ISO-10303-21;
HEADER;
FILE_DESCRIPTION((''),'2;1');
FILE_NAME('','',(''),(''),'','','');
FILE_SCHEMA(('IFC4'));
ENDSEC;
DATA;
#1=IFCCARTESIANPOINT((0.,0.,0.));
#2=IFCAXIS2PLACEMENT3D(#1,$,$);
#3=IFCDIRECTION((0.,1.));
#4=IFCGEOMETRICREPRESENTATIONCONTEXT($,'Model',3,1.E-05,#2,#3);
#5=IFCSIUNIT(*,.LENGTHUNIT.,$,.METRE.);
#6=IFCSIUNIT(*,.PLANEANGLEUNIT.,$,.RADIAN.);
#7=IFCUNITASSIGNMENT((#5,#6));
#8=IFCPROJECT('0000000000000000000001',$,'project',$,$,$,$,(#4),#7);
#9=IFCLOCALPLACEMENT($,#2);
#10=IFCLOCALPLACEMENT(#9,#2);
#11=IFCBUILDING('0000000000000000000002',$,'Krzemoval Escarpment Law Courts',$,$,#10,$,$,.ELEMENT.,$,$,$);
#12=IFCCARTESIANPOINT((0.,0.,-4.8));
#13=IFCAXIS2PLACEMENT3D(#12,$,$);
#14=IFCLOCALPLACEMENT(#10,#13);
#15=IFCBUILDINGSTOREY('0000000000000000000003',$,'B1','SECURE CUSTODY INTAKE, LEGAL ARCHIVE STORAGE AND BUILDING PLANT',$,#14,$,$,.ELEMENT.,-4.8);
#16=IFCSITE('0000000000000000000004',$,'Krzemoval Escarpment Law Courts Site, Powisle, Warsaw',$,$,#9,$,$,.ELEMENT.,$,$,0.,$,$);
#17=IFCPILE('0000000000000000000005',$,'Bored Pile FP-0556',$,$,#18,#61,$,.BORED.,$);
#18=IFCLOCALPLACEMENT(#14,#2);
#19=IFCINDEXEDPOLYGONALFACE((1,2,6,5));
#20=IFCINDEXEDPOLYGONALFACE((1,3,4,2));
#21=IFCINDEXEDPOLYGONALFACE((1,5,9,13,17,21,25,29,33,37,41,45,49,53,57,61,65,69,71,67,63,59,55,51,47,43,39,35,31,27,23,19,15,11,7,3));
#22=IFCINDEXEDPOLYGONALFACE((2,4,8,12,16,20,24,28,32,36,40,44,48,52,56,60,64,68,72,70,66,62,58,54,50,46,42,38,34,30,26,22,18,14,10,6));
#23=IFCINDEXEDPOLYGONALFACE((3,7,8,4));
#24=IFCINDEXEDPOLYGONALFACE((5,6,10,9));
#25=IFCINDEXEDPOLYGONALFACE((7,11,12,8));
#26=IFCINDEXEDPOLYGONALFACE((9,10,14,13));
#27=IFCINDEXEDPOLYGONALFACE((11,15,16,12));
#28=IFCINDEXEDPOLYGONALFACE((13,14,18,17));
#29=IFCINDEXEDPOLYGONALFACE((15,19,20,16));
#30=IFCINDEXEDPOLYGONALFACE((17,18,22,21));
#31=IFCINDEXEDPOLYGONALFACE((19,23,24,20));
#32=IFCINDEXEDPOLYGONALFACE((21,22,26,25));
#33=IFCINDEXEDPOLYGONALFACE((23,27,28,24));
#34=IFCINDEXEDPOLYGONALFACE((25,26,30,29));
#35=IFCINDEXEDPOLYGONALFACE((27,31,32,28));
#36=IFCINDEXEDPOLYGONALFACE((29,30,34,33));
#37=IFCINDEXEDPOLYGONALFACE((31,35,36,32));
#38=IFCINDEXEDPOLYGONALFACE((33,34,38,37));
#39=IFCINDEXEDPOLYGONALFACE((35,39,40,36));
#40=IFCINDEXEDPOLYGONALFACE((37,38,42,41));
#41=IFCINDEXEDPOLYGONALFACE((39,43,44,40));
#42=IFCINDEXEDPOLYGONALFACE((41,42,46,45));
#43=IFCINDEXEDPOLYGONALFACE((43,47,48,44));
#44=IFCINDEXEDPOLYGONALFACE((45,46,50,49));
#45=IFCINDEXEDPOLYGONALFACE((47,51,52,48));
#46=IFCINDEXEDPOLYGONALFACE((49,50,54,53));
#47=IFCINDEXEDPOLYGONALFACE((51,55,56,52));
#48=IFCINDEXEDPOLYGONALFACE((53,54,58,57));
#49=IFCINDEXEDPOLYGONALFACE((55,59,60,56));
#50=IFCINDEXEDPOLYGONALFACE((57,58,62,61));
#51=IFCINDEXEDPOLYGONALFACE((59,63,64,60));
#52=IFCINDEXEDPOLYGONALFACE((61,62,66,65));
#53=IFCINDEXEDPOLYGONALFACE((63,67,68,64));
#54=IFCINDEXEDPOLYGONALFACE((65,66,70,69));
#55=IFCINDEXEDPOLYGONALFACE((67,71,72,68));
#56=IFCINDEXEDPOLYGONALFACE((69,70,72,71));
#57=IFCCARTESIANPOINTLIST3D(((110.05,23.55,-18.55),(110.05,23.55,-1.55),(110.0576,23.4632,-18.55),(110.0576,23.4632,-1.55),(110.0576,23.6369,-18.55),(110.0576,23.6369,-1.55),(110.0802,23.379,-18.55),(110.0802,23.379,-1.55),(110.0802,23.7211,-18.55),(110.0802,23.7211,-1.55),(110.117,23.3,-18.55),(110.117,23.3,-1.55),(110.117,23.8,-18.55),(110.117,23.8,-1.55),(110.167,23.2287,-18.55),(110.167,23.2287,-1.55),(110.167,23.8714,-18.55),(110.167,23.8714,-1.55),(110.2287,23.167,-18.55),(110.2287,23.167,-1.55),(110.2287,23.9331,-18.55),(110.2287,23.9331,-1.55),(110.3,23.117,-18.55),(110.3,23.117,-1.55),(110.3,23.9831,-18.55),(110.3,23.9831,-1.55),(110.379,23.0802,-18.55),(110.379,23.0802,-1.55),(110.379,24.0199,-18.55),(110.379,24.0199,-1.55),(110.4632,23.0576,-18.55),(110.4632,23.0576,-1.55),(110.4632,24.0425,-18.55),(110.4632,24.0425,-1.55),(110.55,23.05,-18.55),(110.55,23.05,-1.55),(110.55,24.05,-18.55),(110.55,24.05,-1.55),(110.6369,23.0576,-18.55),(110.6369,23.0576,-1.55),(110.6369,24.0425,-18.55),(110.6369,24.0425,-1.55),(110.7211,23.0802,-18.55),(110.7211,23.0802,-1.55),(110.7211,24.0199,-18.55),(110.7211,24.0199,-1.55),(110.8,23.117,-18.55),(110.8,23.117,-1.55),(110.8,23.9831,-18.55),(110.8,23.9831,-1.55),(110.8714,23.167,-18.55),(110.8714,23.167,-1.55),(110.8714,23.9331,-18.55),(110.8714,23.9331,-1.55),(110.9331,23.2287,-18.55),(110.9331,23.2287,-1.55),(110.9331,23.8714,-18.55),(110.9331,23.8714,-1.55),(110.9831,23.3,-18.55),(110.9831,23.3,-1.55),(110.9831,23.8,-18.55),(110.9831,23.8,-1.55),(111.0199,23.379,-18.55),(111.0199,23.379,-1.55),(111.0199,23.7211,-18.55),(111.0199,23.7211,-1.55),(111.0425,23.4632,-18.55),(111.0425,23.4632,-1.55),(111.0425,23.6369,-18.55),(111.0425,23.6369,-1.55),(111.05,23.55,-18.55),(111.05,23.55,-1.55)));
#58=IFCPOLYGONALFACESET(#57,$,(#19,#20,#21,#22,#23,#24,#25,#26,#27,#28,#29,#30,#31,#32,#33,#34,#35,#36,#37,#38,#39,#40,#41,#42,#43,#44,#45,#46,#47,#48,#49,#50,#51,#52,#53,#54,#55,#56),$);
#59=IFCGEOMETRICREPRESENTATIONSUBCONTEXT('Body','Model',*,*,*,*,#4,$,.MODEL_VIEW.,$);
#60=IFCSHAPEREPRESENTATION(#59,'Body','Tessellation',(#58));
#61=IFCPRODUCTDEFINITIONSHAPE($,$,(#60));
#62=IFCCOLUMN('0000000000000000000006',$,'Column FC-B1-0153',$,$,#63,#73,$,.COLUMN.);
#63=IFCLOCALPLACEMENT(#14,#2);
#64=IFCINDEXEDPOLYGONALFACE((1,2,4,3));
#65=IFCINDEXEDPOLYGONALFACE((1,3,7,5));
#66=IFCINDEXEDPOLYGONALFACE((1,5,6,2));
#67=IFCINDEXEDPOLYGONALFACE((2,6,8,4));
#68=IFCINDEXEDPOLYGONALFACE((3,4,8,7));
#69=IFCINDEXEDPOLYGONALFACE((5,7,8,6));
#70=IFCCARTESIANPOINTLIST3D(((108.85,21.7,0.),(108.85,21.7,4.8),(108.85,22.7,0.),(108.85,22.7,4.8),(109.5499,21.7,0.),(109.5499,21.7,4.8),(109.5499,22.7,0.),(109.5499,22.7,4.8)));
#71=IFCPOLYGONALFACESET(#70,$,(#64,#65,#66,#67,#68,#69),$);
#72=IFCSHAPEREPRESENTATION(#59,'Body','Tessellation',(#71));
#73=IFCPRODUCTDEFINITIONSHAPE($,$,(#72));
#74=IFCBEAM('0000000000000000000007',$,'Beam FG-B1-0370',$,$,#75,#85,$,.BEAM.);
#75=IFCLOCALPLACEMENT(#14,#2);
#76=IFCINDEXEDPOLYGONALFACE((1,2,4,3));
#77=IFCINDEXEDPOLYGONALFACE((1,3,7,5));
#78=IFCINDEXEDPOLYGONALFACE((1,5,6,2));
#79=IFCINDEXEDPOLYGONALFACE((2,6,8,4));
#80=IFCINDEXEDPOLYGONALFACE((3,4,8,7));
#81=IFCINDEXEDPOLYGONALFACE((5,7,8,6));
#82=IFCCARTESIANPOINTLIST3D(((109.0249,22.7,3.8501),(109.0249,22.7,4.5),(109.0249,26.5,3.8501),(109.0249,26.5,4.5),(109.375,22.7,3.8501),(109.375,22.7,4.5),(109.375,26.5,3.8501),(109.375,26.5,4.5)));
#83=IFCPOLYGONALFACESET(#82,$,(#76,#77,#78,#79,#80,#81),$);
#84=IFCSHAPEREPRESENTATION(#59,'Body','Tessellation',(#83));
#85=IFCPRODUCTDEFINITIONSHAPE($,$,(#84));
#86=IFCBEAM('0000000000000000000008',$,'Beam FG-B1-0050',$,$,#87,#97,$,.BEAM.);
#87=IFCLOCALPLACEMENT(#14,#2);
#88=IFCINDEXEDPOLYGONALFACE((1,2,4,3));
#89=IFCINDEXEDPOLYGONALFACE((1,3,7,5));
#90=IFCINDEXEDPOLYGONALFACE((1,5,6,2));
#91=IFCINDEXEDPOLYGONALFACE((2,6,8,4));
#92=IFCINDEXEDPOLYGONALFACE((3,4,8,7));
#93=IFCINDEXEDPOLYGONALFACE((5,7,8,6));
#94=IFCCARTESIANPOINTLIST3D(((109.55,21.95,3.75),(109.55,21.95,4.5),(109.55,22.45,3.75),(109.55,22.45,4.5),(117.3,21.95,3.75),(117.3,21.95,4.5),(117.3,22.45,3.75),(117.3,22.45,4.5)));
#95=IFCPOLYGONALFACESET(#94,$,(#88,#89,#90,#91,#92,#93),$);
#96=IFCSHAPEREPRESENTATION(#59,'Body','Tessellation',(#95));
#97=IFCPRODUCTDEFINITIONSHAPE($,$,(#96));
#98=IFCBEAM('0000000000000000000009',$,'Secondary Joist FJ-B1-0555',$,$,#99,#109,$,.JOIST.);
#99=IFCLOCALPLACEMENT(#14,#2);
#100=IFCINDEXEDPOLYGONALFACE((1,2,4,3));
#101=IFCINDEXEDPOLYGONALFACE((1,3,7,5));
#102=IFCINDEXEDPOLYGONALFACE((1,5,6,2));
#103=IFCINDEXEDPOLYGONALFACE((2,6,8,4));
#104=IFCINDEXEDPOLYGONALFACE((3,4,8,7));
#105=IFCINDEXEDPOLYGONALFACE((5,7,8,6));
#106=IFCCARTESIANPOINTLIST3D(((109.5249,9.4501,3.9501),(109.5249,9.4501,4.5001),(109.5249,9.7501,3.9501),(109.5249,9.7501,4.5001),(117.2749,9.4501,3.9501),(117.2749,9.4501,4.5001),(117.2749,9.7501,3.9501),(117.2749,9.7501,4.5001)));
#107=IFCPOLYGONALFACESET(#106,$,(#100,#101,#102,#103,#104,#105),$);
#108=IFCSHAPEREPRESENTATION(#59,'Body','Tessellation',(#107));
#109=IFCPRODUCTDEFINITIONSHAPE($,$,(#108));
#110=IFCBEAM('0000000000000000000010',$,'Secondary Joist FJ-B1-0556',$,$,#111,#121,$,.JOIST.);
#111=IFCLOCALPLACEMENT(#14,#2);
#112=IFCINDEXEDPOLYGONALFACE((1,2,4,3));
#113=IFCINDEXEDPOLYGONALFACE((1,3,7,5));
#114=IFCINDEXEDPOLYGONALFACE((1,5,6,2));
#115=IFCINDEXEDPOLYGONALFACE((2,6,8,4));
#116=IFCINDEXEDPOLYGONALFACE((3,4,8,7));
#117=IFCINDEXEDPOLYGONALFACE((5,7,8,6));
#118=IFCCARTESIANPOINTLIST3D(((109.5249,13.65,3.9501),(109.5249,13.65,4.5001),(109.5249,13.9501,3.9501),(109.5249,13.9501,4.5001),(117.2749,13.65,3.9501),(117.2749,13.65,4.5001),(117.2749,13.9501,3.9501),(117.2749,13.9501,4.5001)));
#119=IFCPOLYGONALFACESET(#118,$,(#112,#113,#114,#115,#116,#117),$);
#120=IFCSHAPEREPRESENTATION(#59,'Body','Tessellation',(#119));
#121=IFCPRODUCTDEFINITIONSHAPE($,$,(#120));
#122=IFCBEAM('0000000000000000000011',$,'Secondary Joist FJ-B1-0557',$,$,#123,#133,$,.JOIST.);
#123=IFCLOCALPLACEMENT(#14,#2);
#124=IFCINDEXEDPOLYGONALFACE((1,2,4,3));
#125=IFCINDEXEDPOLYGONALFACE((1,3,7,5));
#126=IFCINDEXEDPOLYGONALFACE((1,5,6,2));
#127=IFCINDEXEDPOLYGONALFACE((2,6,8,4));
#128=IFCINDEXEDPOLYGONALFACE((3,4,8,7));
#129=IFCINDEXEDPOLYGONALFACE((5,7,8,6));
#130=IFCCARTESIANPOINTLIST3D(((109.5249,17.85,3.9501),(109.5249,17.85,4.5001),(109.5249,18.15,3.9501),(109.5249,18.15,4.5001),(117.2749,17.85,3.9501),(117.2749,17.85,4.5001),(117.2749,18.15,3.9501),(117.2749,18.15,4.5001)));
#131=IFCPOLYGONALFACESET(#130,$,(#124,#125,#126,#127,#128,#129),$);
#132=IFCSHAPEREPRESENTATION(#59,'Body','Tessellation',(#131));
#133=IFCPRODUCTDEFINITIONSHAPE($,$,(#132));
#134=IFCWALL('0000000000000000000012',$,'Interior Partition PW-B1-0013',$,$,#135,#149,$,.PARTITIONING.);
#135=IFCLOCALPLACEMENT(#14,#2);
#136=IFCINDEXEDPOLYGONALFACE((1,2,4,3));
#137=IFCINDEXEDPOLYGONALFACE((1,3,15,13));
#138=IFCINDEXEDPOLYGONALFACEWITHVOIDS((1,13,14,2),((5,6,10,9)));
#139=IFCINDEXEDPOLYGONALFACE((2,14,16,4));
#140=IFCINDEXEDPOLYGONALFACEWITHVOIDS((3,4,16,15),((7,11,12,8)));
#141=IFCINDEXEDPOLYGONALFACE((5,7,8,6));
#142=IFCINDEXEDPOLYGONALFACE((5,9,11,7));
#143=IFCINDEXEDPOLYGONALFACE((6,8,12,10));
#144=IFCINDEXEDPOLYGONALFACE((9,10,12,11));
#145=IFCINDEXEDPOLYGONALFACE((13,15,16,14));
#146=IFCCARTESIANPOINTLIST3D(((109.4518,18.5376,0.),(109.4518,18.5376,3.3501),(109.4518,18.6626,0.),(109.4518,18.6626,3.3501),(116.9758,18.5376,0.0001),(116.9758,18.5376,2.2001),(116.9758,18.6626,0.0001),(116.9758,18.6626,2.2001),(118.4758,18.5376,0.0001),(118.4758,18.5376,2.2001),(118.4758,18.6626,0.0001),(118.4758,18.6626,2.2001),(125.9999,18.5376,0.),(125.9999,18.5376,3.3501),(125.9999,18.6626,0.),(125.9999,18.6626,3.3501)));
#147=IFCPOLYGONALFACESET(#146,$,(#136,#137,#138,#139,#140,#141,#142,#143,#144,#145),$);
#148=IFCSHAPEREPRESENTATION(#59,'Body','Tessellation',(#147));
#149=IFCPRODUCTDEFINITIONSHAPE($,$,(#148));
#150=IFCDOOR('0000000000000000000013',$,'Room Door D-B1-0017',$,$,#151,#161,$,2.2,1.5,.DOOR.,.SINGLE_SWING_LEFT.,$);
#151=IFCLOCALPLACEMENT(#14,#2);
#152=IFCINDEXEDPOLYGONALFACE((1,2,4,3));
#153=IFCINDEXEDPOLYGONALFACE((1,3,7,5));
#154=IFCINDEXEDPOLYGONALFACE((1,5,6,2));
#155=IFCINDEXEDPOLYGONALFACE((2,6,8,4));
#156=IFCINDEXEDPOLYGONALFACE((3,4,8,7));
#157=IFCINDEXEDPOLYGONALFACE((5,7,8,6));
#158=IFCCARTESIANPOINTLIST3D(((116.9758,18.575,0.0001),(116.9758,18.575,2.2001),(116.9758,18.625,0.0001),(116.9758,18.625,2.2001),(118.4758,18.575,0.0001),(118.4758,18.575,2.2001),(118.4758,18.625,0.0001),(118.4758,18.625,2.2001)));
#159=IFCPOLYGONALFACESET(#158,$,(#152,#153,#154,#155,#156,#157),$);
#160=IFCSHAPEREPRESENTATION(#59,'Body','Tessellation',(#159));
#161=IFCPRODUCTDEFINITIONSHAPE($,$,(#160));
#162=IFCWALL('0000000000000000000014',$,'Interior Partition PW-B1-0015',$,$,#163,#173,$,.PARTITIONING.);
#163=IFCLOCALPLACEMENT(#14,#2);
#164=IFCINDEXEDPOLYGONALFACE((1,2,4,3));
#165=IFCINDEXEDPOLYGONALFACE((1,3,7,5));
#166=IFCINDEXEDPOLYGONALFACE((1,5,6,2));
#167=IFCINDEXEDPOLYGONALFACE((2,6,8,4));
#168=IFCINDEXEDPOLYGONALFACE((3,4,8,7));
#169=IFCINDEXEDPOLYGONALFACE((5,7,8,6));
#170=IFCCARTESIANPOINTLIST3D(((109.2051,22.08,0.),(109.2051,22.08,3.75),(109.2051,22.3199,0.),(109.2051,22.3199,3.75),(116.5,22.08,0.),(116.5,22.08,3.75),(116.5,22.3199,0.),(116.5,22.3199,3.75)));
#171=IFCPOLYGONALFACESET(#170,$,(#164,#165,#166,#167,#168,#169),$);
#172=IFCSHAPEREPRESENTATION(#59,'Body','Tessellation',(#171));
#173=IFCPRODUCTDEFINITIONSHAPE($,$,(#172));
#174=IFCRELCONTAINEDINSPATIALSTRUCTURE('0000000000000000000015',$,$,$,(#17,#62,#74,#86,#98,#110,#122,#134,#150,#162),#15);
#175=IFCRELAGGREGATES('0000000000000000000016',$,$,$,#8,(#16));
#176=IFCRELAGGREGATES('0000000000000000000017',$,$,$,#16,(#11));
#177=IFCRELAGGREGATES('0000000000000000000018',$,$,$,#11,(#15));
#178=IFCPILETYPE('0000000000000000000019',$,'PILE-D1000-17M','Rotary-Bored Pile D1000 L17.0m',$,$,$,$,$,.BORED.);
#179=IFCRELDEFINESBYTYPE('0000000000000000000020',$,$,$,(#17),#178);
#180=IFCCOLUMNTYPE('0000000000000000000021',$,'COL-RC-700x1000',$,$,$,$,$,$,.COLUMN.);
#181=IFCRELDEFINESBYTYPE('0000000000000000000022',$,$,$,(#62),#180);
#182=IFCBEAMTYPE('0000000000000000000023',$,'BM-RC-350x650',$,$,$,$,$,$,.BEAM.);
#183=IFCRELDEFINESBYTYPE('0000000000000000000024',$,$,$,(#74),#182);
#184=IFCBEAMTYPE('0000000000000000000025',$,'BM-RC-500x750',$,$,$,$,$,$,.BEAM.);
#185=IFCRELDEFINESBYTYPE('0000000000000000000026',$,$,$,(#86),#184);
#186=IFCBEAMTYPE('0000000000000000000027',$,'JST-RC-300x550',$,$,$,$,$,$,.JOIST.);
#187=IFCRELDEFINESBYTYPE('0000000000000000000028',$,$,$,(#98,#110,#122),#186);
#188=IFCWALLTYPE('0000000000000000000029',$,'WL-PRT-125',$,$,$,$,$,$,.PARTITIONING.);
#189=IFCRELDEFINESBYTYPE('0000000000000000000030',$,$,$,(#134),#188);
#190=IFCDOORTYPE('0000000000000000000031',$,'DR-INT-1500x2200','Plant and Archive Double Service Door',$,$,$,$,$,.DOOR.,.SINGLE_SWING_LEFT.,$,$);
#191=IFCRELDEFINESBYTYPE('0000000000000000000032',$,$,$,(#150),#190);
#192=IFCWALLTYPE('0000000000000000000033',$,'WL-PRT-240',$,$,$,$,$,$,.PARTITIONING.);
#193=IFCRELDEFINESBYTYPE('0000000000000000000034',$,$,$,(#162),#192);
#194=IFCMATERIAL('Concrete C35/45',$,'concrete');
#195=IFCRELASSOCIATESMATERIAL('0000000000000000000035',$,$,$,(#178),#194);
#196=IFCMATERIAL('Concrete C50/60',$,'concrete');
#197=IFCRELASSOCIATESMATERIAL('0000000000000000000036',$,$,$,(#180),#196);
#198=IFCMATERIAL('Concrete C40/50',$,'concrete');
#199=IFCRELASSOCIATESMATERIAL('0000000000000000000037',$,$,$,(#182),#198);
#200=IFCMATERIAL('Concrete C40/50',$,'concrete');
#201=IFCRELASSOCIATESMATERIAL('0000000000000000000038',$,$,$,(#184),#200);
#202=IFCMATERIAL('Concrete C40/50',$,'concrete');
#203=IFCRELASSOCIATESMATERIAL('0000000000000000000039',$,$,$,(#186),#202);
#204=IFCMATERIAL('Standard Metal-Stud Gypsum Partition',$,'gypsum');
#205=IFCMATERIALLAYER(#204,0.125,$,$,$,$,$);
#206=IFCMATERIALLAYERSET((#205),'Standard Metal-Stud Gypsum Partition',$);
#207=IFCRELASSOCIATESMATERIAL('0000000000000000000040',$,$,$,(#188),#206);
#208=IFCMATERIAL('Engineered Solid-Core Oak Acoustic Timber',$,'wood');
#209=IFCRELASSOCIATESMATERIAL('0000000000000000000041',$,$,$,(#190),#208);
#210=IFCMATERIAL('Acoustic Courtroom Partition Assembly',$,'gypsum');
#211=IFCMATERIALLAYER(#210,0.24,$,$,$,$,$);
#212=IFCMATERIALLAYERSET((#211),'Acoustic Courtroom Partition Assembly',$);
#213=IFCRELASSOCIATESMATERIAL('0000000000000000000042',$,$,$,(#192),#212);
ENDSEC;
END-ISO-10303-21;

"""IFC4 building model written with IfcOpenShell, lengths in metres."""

from ifc_helpers import new_model, si_unit, direction, frame, frame_2d, origin, origin_2d, place, context, subcontext, project, spatial, rectangle, circle, extrude, material, layer, layer_set, material_profile, profile_set, type_object, element, fill, save


model = new_model("IFC4")

# Units and contexts
model_context = context("Model", 3, precision=1e-05, world=origin(), true_north=direction((0.0, 1.0)))
body_context = subcontext(model_context, "Body", "Model", "MODEL_VIEW")
ifc_project = project(units=[si_unit("LENGTHUNIT", "METRE"), si_unit("PLANEANGLEUNIT", "RADIAN")], contexts=[model_context])

# Site, building, storey
site_placement = place(None, origin())
site = spatial("IfcSite", under=ifc_project, at=site_placement, Name="Krzemoval Escarpment Law Courts Site, Powisle, Warsaw", CompositionType="ELEMENT", RefElevation=0.0)
building_placement = place(site_placement, origin())
building = spatial("IfcBuilding", under=site, at=building_placement, Name="Krzemoval Escarpment Law Courts", CompositionType="ELEMENT")
storey_placement = place(building_placement, frame((0.0, 0.0, -4.8)))
storey = spatial("IfcBuildingStorey", under=building, at=storey_placement, Name="B1", Description="SECURE CUSTODY INTAKE, LEGAL ARCHIVE STORAGE AND BUILDING PLANT", CompositionType="ELEMENT", Elevation=-4.8)

# Pile
ifc_material_1 = material(Name="Concrete C35/45", Category="concrete")
ifc_material_profile_1 = material_profile(ifc_material_1, circle(Radius=0.5, at=origin_2d()), Name="PILE D1000")
ifc_profile_set_1 = profile_set([ifc_material_profile_1], Name="Concrete C35/45")
pile_type = type_object("IfcPileType", Name="PILE-D1000-17M", Description="Rotary-Bored Pile D1000 L17.0m", PredefinedType="BORED", material=ifc_profile_set_1)
for number, where, z_axis, x_axis, name in (
    (1, (110.55, 23.55, -1.55), (0.0, 0.0, -1.0), (1.0, 0.0, 0.0), "Bored Pile FP-0556"),
):
    element("IfcPile", number, at=place(storey_placement, frame(where, z_axis=z_axis, x_axis=x_axis)), inside=storey, type_object=pile_type, Name=name, PredefinedType="BORED", context=body_context, shape_type="SweptSolid", body=[
        extrude(circle(Radius=0.5, at=origin_2d()), origin(), (0.0, 0.0, 1.0), 17.0),
    ])

# Column
ifc_material_2 = material(Name="Concrete C50/60", Category="concrete")
ifc_material_profile_2 = material_profile(ifc_material_2, rectangle(XDim=0.7, YDim=1.0, at=origin_2d()), Name="RC 700x1000")
ifc_profile_set_2 = profile_set([ifc_material_profile_2], Name="Concrete C50/60")
column_type = type_object("IfcColumnType", Name="COL-RC-700x1000", PredefinedType="COLUMN", material=ifc_profile_set_2)
column_placement = place(storey_placement, frame((109.2, 22.2, 0.0), z_axis=(0.0, 0.0, 1.0), x_axis=(1.0, 0.0, 0.0)))
element("IfcColumn", 2, at=column_placement, inside=storey, type_object=column_type, Name="Column FC-B1-0153", PredefinedType="COLUMN", context=body_context, shape_type="SweptSolid", body=[
    extrude(rectangle(XDim=0.7, YDim=1.0, at=origin_2d()), origin(), (0.0, 0.0, 1.0), 4.8),
])

# Beams
ifc_material_3 = material(Name="Concrete C40/50", Category="concrete")
ifc_material_profile_3 = material_profile(ifc_material_3, rectangle(XDim=0.3501, YDim=0.6499, at=origin_2d()), Name="RCB 350x650")
ifc_profile_set_3 = profile_set([ifc_material_profile_3], Name="Concrete C40/50")
beam_type_1 = type_object("IfcBeamType", Name="BM-RC-350x650", PredefinedType="BEAM", material=ifc_profile_set_3)
beam_1_placement = place(storey_placement, frame((109.2, 22.7, 4.175), z_axis=(0.0, 1.0, 0.0), x_axis=(-1.0, 0.0, 0.0)))
element("IfcBeam", 3, at=beam_1_placement, inside=storey, type_object=beam_type_1, Name="Beam FG-B1-0370", PredefinedType="BEAM", context=body_context, shape_type="SweptSolid", body=[
    extrude(rectangle(XDim=0.3501, YDim=0.6499, at=origin_2d()), origin(), (0.0, 0.0, 1.0), 3.8),
])
ifc_material_4 = material(Name="Concrete C40/50", Category="concrete")
ifc_material_profile_4 = material_profile(ifc_material_4, rectangle(XDim=0.5, YDim=0.75, at=origin_2d()), Name="RCB 500x750")
ifc_profile_set_4 = profile_set([ifc_material_profile_4], Name="Concrete C40/50")
beam_type_2 = type_object("IfcBeamType", Name="BM-RC-500x750", PredefinedType="BEAM", material=ifc_profile_set_4)
beam_2_placement = place(storey_placement, frame((109.55, 22.2, 4.125), z_axis=(1.0, 0.0, 0.0), x_axis=(0.0, 1.0, 0.0)))
element("IfcBeam", 4, at=beam_2_placement, inside=storey, type_object=beam_type_2, Name="Beam FG-B1-0050", PredefinedType="BEAM", context=body_context, shape_type="SweptSolid", body=[
    extrude(rectangle(XDim=0.5, YDim=0.75, at=origin_2d()), origin(), (0.0, 0.0, 1.0), 7.75),
])
ifc_material_5 = material(Name="Concrete C40/50", Category="concrete")
ifc_material_profile_5 = material_profile(ifc_material_5, rectangle(XDim=0.3, YDim=0.55, at=origin_2d()), Name="RCB 300x550")
ifc_profile_set_5 = profile_set([ifc_material_profile_5], Name="Concrete C40/50")
beam_type_3 = type_object("IfcBeamType", Name="JST-RC-300x550", PredefinedType="JOIST", material=ifc_profile_set_5)
for number, where, z_axis, x_axis, name in (
    (5, (109.5249, 9.6001, 4.2251), (1.0, 0.0, 0.0), (0.0, 1.0, 0.0), "Secondary Joist FJ-B1-0555"),
    (6, (109.5249, 13.8, 4.2251), (1.0, 0.0, 0.0), (0.0, 1.0, 0.0), "Secondary Joist FJ-B1-0556"),
    (7, (109.5249, 18.0, 4.2251), (1.0, 0.0, 0.0), (0.0, 1.0, 0.0), "Secondary Joist FJ-B1-0557"),
):
    element("IfcBeam", number, at=place(storey_placement, frame(where, z_axis=z_axis, x_axis=x_axis)), inside=storey, type_object=beam_type_3, Name=name, PredefinedType="JOIST", context=body_context, shape_type="SweptSolid", body=[
        extrude(rectangle(XDim=0.3, YDim=0.55, at=origin_2d()), origin(), (0.0, 0.0, 1.0), 7.75),
    ])

# Wall, opening, door
ifc_material_6 = material(Name="Standard Metal-Stud Gypsum Partition", Category="gypsum")
ifc_layer_1 = layer(ifc_material_6, 0.125)
ifc_layer_set_1 = layer_set([ifc_layer_1], Name="Standard Metal-Stud Gypsum Partition")
wall_type_1 = type_object("IfcWallType", Name="WL-PRT-125", PredefinedType="PARTITIONING", material=ifc_layer_set_1)
wall_1_placement = place(storey_placement, frame((109.4519, 18.6001, 0.0), z_axis=(0.0, 0.0, 1.0), x_axis=(1.0, 0.0, 0.0)))
wall_1 = element("IfcWall", 8, at=wall_1_placement, inside=storey, type_object=wall_type_1, Name="Interior Partition PW-B1-0013", PredefinedType="PARTITIONING", context=body_context, shape_type="SweptSolid", body=[
    extrude(rectangle(XDim=16.5481, YDim=0.125, at=frame_2d((8.2739, 0.0))), origin(), (0.0, 0.0, 1.0), 3.3501),
])
opening_1_placement = place(wall_1_placement, frame((7.5239, 0.0, 0.0)))
opening_1 = element("IfcOpeningElement", 9, at=opening_1_placement, cuts=wall_1, PredefinedType="OPENING", context=body_context, shape_type="SweptSolid", body=[
    extrude(rectangle(XDim=1.5, YDim=2.2, at=frame_2d((0.75, 1.1001))), frame((0.0, 0.0775, 0.0), z_axis=(0.0, -1.0, 0.0), x_axis=(1.0, 0.0, 0.0)), (0.0, 0.0, 1.0), 0.155),
])
ifc_material_7 = material(Name="Engineered Solid-Core Oak Acoustic Timber", Category="wood")
door_type_1 = type_object("IfcDoorType", Name="DR-INT-1500x2200", Description="Plant and Archive Double Service Door", OperationType="SINGLE_SWING_LEFT", PredefinedType="DOOR", material=ifc_material_7)
door_1_placement = place(opening_1_placement, origin())
door_1 = element("IfcDoor", 10, at=door_1_placement, inside=storey, type_object=door_type_1, Name="Room Door D-B1-0017", OperationType="SINGLE_SWING_LEFT", OverallHeight=2.2, OverallWidth=1.5, PredefinedType="DOOR", context=body_context, shape_type="SweptSolid", body=[
    extrude(rectangle(XDim=1.5, YDim=2.2, at=frame_2d((0.75, 1.1001))), frame((0.0, 0.0249, 0.0), z_axis=(0.0, -1.0, 0.0), x_axis=(1.0, 0.0, 0.0)), (0.0, 0.0, 1.0), 0.05),
])
fill(opening_1, door_1)

# Wall
ifc_material_8 = material(Name="Acoustic Courtroom Partition Assembly", Category="gypsum")
ifc_layer_2 = layer(ifc_material_8, 0.24)
ifc_layer_set_2 = layer_set([ifc_layer_2], Name="Acoustic Courtroom Partition Assembly")
wall_type_2 = type_object("IfcWallType", Name="WL-PRT-240", PredefinedType="PARTITIONING", material=ifc_layer_set_2)
wall_2_placement = place(storey_placement, frame((109.2051, 22.2, 0.0), z_axis=(0.0, 0.0, 1.0), x_axis=(1.0, 0.0, 0.0)))
element("IfcWall", 11, at=wall_2_placement, inside=storey, type_object=wall_type_2, Name="Interior Partition PW-B1-0015", PredefinedType="PARTITIONING", context=body_context, shape_type="SweptSolid", body=[
    extrude(rectangle(XDim=7.2949, YDim=0.24, at=frame_2d((3.6475, 0.0))), origin(), (0.0, 0.0, 1.0), 3.75),
])

save(model, "model.ifc")
